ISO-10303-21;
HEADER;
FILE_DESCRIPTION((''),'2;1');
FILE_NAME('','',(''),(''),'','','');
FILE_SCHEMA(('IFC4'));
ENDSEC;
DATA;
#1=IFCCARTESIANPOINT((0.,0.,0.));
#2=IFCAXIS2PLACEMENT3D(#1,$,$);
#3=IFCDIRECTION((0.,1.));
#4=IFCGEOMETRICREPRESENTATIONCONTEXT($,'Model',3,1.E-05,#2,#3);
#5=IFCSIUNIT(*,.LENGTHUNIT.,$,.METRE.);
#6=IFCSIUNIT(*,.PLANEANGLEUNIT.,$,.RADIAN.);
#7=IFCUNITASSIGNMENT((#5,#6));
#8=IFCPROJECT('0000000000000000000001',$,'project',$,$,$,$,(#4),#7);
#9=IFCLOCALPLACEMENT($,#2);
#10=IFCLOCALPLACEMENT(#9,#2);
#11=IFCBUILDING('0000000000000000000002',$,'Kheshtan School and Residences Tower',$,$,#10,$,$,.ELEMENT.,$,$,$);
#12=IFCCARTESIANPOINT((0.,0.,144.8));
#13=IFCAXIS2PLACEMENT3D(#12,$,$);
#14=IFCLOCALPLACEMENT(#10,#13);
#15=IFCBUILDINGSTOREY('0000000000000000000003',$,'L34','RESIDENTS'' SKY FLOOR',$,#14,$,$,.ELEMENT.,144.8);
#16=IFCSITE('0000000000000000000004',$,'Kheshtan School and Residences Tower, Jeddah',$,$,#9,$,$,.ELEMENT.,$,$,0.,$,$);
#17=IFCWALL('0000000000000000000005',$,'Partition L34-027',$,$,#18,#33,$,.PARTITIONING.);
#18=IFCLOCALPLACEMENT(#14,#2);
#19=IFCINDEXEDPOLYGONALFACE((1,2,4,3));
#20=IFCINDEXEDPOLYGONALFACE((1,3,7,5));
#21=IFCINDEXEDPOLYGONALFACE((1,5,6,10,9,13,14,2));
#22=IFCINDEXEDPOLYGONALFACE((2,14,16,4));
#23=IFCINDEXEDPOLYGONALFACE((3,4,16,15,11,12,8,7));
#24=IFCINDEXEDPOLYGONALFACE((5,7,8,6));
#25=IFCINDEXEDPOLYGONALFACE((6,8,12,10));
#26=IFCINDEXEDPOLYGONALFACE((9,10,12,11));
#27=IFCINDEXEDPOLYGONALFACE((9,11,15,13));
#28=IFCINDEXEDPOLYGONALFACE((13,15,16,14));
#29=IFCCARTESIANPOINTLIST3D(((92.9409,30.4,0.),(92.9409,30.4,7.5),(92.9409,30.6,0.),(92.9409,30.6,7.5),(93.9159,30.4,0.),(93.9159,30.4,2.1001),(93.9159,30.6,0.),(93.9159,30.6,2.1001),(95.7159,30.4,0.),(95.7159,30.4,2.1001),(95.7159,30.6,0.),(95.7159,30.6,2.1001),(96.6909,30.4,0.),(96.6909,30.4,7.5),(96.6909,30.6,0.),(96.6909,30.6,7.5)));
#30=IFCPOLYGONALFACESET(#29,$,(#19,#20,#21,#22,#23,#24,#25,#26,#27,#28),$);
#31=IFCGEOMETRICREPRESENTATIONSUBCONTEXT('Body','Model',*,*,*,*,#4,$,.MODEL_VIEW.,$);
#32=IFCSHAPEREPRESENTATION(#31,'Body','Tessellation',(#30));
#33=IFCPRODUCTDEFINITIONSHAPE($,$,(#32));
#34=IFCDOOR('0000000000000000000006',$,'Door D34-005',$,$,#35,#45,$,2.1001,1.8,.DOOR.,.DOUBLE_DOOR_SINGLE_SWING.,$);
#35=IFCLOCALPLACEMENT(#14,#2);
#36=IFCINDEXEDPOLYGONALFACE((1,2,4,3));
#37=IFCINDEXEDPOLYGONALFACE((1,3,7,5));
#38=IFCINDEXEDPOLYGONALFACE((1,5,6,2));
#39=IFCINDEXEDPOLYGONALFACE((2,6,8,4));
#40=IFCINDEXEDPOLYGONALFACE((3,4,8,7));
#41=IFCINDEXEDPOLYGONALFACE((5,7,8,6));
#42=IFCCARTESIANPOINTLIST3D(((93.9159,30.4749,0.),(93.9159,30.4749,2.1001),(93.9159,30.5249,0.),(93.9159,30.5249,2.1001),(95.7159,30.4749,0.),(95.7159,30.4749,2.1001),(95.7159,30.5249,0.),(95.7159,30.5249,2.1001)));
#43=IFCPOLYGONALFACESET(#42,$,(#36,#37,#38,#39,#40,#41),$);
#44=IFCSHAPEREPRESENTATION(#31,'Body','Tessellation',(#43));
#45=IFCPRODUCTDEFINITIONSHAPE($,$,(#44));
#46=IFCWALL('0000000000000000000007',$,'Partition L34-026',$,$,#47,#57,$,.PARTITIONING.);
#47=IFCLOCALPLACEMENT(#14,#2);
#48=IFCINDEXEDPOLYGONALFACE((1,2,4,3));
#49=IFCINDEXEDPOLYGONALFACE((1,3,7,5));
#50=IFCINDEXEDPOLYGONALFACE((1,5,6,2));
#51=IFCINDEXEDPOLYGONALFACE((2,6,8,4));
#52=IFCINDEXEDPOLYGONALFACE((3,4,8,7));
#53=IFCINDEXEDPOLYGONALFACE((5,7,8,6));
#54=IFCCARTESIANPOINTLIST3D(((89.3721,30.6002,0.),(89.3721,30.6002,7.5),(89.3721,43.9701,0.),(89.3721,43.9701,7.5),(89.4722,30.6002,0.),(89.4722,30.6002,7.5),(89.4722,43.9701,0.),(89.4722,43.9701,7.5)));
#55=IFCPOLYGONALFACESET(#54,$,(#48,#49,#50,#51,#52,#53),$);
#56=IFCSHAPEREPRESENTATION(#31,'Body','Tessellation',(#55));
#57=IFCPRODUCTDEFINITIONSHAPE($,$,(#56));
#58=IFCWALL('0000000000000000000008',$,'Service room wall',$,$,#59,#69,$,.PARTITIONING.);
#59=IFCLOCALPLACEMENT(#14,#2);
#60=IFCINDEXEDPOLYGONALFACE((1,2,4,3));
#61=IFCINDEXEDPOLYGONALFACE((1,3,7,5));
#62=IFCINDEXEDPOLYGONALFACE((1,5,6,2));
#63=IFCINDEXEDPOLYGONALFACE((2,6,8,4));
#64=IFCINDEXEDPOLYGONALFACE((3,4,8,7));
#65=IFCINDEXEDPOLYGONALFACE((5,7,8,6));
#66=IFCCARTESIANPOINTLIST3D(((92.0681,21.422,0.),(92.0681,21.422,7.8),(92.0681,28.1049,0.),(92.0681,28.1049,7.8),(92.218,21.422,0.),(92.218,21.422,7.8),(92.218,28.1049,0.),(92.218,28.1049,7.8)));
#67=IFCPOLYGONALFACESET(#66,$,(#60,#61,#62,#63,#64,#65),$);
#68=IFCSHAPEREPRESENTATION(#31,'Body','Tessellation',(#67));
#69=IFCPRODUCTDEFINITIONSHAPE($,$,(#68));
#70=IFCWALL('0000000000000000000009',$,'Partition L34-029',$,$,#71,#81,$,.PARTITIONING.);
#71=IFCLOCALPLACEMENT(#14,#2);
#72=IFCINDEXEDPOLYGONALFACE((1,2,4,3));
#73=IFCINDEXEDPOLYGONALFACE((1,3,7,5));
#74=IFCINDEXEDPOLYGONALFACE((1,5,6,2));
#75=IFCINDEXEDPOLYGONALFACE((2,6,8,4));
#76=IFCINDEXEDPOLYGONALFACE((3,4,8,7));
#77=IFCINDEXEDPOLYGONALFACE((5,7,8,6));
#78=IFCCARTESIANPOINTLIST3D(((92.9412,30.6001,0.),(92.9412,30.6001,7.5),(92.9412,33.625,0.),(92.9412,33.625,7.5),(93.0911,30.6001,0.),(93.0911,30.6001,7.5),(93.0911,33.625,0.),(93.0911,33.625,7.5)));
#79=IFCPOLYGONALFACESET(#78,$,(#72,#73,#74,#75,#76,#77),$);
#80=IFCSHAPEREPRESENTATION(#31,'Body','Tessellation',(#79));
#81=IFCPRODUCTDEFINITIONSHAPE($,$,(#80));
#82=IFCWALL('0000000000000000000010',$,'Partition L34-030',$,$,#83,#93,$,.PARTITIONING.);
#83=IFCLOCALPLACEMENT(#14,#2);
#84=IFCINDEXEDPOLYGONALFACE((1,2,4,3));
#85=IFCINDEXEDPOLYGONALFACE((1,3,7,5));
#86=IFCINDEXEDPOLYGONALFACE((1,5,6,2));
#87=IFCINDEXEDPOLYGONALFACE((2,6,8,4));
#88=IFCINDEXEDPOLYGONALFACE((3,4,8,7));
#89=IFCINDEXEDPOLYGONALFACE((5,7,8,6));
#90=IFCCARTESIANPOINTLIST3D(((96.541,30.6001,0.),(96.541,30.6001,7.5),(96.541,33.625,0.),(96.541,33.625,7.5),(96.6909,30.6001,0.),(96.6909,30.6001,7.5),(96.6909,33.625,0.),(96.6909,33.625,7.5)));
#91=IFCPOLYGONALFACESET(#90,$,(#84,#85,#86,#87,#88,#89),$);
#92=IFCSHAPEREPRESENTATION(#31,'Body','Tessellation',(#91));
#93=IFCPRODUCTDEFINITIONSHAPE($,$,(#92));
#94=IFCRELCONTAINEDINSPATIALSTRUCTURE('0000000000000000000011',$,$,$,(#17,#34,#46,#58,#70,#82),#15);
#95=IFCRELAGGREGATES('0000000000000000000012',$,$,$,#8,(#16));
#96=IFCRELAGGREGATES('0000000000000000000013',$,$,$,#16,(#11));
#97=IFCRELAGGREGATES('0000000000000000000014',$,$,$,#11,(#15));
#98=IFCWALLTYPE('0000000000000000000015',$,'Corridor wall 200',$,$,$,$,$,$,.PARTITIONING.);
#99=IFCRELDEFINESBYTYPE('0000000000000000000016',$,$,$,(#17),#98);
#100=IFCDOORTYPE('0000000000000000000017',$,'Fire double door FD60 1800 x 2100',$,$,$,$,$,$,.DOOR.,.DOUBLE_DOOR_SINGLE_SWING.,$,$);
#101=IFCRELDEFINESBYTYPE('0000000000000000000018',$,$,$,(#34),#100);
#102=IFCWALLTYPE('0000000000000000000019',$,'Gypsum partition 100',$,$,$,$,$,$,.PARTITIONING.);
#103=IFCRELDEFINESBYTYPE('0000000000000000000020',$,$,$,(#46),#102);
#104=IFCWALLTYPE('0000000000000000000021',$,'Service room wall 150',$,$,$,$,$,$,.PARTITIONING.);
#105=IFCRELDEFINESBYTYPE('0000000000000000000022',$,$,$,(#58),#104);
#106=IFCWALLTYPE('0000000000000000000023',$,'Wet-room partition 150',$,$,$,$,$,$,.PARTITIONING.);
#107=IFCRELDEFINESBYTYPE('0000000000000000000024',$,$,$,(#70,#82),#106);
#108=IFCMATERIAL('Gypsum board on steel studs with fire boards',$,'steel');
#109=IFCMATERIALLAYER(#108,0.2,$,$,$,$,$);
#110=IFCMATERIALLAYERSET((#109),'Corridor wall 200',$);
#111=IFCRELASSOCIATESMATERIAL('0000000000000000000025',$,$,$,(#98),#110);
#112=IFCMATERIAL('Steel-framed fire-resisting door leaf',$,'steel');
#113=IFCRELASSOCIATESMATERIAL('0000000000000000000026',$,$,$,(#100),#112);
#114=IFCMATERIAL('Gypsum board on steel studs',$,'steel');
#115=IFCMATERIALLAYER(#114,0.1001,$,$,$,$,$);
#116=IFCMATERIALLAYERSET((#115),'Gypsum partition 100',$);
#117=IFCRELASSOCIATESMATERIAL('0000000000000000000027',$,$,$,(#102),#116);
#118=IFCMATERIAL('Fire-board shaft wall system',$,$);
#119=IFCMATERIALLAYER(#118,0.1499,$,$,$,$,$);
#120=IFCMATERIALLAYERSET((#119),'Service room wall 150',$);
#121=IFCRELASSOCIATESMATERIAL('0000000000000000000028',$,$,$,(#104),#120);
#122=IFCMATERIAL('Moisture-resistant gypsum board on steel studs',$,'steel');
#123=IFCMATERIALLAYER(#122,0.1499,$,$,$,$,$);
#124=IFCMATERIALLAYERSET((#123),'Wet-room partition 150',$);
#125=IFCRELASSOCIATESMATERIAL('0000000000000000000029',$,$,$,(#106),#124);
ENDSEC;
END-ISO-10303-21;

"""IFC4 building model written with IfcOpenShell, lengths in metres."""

from ifc_helpers import new_model, si_unit, direction, frame, frame_2d, origin, place, context, subcontext, project, spatial, rectangle, extrude, source, transform, mapped, material, layer, layer_set, type_object, element, fill, save


model = new_model("IFC4")

# Units and contexts
model_context = context("Model", 3, precision=1e-05, world=origin(), true_north=direction((0.0, 1.0)))
body_context = subcontext(model_context, "Body", "Model", "MODEL_VIEW")
ifc_project = project(units=[si_unit("LENGTHUNIT", "METRE"), si_unit("PLANEANGLEUNIT", "RADIAN")], contexts=[model_context])

# Site, building, storey
site_placement = place(None, origin())
site = spatial("IfcSite", under=ifc_project, at=site_placement, Name="Kheshtan School and Residences Tower, Jeddah", CompositionType="ELEMENT", RefElevation=0.0)
building_placement = place(site_placement, origin())
building = spatial("IfcBuilding", under=site, at=building_placement, Name="Kheshtan School and Residences Tower", CompositionType="ELEMENT")
storey_placement = place(building_placement, frame((0.0, 0.0, 144.8)))
storey = spatial("IfcBuildingStorey", under=building, at=storey_placement, Name="L34", Description="RESIDENTS' SKY FLOOR", CompositionType="ELEMENT", Elevation=144.8)

# Wall, opening, door
ifc_material_1 = material(Name="Gypsum board on steel studs with fire boards", Category="steel")
ifc_layer_1 = layer(ifc_material_1, 0.2)
ifc_layer_set_1 = layer_set([ifc_layer_1], Name="Corridor wall 200")
wall_type_1 = type_object("IfcWallType", Name="Corridor wall 200", PredefinedType="PARTITIONING", material=ifc_layer_set_1)
wall_1_placement = place(storey_placement, frame((92.9409, 30.5, 0.0), z_axis=(0.0, 0.0, 1.0), x_axis=(1.0, 0.0, 0.0)))
wall_1 = element("IfcWall", 1, at=wall_1_placement, inside=storey, type_object=wall_type_1, Name="Partition L34-027", PredefinedType="PARTITIONING", context=body_context, shape_type="SweptSolid", body=[
    extrude(rectangle(XDim=3.75, YDim=0.2, at=frame_2d((1.875, 0.0))), origin(), (0.0, 0.0, 1.0), 7.5),
])
opening_placement = place(wall_1_placement, frame((0.9751, 0.0, 0.0)))
opening = element("IfcOpeningElement", 2, at=opening_placement, cuts=wall_1, PredefinedType="OPENING", context=body_context, shape_type="SweptSolid", body=[
    extrude(rectangle(XDim=1.8, YDim=2.1001, at=frame_2d((0.8999, 1.05))), frame((0.0, 0.1099, 0.0), z_axis=(0.0, -1.0, 0.0), x_axis=(1.0, 0.0, 0.0)), (0.0, 0.0, 1.0), 0.22),
])
ifc_material_2 = material(Name="Steel-framed fire-resisting door leaf", Category="steel")
door_type = type_object("IfcDoorType", Name="Fire double door FD60 1800 x 2100", OperationType="DOUBLE_DOOR_SINGLE_SWING", PredefinedType="DOOR", material=ifc_material_2)
shared_shape = source(origin(), body_context, "Body", "SweptSolid", [
    extrude(rectangle(XDim=1.8, YDim=2.1001, at=frame_2d((0.8999, 1.05))), frame((0.0, 0.0249, 0.0), z_axis=(0.0, -1.0, 0.0), x_axis=(1.0, 0.0, 0.0)), (0.0, 0.0, 1.0), 0.05),
])
door_placement = place(opening_placement, origin())
door = element("IfcDoor", 3, at=door_placement, inside=storey, type_object=door_type, Name="Door D34-005", OperationType="DOUBLE_DOOR_SINGLE_SWING", OverallHeight=2.1001, OverallWidth=1.8, PredefinedType="DOOR", context=body_context, shape_type="MappedRepresentation", body=[
    mapped(shared_shape, transform((0.0, 0.0, 0.0), x_axis=(1.0, 0.0, 0.0), y_axis=(0.0, 1.0, 0.0), z_axis=(0.0, 0.0, 1.0), scale=1.0)),
])
fill(opening, door)

# Walls
ifc_material_3 = material(Name="Gypsum board on steel studs", Category="steel")
ifc_layer_2 = layer(ifc_material_3, 0.1001)
ifc_layer_set_2 = layer_set([ifc_layer_2], Name="Gypsum partition 100")
wall_type_2 = type_object("IfcWallType", Name="Gypsum partition 100", PredefinedType="PARTITIONING", material=ifc_layer_set_2)
wall_2_placement = place(storey_placement, frame((89.4221, 30.6001, 0.0), z_axis=(0.0, 0.0, 1.0), x_axis=(0.0, 1.0, 0.0)))
element("IfcWall", 4, at=wall_2_placement, inside=storey, type_object=wall_type_2, Name="Partition L34-026", PredefinedType="PARTITIONING", context=body_context, shape_type="SweptSolid", body=[
    extrude(rectangle(XDim=13.3699, YDim=0.1001, at=frame_2d((6.6851, 0.0))), origin(), (0.0, 0.0, 1.0), 7.5),
])
ifc_material_4 = material(Name="Fire-board shaft wall system")
ifc_layer_3 = layer(ifc_material_4, 0.1499)
ifc_layer_set_3 = layer_set([ifc_layer_3], Name="Service room wall 150")
wall_type_3 = type_object("IfcWallType", Name="Service room wall 150", PredefinedType="PARTITIONING", material=ifc_layer_set_3)
wall_3_placement = place(storey_placement, frame((92.1431, 21.4221, 0.0), z_axis=(0.0, 0.0, 1.0), x_axis=(0.0, 1.0, 0.0)))
element("IfcWall", 5, at=wall_3_placement, inside=storey, type_object=wall_type_3, Name="Service room wall", PredefinedType="PARTITIONING", context=body_context, shape_type="SweptSolid", body=[
    extrude(rectangle(XDim=6.6829, YDim=0.1499, at=frame_2d((3.3413, 0.0))), origin(), (0.0, 0.0, 1.0), 7.8),
])
ifc_material_5 = material(Name="Moisture-resistant gypsum board on steel studs", Category="steel")
ifc_layer_4 = layer(ifc_material_5, 0.1499)
ifc_layer_set_4 = layer_set([ifc_layer_4], Name="Wet-room partition 150")
wall_type_4 = type_object("IfcWallType", Name="Wet-room partition 150", PredefinedType="PARTITIONING", material=ifc_layer_set_4)
for number, where, z_axis, x_axis, name in (
    (6, (93.0161, 30.6001, 0.0), (0.0, 0.0, 1.0), (0.0, 1.0, 0.0), "Partition L34-029"),
    (7, (96.616, 30.6001, 0.0), (0.0, 0.0, 1.0), (0.0, 1.0, 0.0), "Partition L34-030"),
):
    element("IfcWall", number, at=place(storey_placement, frame(where, z_axis=z_axis, x_axis=x_axis)), inside=storey, type_object=wall_type_4, Name=name, PredefinedType="PARTITIONING", context=body_context, shape_type="SweptSolid", body=[
        extrude(rectangle(XDim=3.0249, YDim=0.1499, at=frame_2d((1.5125, 0.0))), origin(), (0.0, 0.0, 1.0), 7.5),
    ])

save(model, "model.ifc")
